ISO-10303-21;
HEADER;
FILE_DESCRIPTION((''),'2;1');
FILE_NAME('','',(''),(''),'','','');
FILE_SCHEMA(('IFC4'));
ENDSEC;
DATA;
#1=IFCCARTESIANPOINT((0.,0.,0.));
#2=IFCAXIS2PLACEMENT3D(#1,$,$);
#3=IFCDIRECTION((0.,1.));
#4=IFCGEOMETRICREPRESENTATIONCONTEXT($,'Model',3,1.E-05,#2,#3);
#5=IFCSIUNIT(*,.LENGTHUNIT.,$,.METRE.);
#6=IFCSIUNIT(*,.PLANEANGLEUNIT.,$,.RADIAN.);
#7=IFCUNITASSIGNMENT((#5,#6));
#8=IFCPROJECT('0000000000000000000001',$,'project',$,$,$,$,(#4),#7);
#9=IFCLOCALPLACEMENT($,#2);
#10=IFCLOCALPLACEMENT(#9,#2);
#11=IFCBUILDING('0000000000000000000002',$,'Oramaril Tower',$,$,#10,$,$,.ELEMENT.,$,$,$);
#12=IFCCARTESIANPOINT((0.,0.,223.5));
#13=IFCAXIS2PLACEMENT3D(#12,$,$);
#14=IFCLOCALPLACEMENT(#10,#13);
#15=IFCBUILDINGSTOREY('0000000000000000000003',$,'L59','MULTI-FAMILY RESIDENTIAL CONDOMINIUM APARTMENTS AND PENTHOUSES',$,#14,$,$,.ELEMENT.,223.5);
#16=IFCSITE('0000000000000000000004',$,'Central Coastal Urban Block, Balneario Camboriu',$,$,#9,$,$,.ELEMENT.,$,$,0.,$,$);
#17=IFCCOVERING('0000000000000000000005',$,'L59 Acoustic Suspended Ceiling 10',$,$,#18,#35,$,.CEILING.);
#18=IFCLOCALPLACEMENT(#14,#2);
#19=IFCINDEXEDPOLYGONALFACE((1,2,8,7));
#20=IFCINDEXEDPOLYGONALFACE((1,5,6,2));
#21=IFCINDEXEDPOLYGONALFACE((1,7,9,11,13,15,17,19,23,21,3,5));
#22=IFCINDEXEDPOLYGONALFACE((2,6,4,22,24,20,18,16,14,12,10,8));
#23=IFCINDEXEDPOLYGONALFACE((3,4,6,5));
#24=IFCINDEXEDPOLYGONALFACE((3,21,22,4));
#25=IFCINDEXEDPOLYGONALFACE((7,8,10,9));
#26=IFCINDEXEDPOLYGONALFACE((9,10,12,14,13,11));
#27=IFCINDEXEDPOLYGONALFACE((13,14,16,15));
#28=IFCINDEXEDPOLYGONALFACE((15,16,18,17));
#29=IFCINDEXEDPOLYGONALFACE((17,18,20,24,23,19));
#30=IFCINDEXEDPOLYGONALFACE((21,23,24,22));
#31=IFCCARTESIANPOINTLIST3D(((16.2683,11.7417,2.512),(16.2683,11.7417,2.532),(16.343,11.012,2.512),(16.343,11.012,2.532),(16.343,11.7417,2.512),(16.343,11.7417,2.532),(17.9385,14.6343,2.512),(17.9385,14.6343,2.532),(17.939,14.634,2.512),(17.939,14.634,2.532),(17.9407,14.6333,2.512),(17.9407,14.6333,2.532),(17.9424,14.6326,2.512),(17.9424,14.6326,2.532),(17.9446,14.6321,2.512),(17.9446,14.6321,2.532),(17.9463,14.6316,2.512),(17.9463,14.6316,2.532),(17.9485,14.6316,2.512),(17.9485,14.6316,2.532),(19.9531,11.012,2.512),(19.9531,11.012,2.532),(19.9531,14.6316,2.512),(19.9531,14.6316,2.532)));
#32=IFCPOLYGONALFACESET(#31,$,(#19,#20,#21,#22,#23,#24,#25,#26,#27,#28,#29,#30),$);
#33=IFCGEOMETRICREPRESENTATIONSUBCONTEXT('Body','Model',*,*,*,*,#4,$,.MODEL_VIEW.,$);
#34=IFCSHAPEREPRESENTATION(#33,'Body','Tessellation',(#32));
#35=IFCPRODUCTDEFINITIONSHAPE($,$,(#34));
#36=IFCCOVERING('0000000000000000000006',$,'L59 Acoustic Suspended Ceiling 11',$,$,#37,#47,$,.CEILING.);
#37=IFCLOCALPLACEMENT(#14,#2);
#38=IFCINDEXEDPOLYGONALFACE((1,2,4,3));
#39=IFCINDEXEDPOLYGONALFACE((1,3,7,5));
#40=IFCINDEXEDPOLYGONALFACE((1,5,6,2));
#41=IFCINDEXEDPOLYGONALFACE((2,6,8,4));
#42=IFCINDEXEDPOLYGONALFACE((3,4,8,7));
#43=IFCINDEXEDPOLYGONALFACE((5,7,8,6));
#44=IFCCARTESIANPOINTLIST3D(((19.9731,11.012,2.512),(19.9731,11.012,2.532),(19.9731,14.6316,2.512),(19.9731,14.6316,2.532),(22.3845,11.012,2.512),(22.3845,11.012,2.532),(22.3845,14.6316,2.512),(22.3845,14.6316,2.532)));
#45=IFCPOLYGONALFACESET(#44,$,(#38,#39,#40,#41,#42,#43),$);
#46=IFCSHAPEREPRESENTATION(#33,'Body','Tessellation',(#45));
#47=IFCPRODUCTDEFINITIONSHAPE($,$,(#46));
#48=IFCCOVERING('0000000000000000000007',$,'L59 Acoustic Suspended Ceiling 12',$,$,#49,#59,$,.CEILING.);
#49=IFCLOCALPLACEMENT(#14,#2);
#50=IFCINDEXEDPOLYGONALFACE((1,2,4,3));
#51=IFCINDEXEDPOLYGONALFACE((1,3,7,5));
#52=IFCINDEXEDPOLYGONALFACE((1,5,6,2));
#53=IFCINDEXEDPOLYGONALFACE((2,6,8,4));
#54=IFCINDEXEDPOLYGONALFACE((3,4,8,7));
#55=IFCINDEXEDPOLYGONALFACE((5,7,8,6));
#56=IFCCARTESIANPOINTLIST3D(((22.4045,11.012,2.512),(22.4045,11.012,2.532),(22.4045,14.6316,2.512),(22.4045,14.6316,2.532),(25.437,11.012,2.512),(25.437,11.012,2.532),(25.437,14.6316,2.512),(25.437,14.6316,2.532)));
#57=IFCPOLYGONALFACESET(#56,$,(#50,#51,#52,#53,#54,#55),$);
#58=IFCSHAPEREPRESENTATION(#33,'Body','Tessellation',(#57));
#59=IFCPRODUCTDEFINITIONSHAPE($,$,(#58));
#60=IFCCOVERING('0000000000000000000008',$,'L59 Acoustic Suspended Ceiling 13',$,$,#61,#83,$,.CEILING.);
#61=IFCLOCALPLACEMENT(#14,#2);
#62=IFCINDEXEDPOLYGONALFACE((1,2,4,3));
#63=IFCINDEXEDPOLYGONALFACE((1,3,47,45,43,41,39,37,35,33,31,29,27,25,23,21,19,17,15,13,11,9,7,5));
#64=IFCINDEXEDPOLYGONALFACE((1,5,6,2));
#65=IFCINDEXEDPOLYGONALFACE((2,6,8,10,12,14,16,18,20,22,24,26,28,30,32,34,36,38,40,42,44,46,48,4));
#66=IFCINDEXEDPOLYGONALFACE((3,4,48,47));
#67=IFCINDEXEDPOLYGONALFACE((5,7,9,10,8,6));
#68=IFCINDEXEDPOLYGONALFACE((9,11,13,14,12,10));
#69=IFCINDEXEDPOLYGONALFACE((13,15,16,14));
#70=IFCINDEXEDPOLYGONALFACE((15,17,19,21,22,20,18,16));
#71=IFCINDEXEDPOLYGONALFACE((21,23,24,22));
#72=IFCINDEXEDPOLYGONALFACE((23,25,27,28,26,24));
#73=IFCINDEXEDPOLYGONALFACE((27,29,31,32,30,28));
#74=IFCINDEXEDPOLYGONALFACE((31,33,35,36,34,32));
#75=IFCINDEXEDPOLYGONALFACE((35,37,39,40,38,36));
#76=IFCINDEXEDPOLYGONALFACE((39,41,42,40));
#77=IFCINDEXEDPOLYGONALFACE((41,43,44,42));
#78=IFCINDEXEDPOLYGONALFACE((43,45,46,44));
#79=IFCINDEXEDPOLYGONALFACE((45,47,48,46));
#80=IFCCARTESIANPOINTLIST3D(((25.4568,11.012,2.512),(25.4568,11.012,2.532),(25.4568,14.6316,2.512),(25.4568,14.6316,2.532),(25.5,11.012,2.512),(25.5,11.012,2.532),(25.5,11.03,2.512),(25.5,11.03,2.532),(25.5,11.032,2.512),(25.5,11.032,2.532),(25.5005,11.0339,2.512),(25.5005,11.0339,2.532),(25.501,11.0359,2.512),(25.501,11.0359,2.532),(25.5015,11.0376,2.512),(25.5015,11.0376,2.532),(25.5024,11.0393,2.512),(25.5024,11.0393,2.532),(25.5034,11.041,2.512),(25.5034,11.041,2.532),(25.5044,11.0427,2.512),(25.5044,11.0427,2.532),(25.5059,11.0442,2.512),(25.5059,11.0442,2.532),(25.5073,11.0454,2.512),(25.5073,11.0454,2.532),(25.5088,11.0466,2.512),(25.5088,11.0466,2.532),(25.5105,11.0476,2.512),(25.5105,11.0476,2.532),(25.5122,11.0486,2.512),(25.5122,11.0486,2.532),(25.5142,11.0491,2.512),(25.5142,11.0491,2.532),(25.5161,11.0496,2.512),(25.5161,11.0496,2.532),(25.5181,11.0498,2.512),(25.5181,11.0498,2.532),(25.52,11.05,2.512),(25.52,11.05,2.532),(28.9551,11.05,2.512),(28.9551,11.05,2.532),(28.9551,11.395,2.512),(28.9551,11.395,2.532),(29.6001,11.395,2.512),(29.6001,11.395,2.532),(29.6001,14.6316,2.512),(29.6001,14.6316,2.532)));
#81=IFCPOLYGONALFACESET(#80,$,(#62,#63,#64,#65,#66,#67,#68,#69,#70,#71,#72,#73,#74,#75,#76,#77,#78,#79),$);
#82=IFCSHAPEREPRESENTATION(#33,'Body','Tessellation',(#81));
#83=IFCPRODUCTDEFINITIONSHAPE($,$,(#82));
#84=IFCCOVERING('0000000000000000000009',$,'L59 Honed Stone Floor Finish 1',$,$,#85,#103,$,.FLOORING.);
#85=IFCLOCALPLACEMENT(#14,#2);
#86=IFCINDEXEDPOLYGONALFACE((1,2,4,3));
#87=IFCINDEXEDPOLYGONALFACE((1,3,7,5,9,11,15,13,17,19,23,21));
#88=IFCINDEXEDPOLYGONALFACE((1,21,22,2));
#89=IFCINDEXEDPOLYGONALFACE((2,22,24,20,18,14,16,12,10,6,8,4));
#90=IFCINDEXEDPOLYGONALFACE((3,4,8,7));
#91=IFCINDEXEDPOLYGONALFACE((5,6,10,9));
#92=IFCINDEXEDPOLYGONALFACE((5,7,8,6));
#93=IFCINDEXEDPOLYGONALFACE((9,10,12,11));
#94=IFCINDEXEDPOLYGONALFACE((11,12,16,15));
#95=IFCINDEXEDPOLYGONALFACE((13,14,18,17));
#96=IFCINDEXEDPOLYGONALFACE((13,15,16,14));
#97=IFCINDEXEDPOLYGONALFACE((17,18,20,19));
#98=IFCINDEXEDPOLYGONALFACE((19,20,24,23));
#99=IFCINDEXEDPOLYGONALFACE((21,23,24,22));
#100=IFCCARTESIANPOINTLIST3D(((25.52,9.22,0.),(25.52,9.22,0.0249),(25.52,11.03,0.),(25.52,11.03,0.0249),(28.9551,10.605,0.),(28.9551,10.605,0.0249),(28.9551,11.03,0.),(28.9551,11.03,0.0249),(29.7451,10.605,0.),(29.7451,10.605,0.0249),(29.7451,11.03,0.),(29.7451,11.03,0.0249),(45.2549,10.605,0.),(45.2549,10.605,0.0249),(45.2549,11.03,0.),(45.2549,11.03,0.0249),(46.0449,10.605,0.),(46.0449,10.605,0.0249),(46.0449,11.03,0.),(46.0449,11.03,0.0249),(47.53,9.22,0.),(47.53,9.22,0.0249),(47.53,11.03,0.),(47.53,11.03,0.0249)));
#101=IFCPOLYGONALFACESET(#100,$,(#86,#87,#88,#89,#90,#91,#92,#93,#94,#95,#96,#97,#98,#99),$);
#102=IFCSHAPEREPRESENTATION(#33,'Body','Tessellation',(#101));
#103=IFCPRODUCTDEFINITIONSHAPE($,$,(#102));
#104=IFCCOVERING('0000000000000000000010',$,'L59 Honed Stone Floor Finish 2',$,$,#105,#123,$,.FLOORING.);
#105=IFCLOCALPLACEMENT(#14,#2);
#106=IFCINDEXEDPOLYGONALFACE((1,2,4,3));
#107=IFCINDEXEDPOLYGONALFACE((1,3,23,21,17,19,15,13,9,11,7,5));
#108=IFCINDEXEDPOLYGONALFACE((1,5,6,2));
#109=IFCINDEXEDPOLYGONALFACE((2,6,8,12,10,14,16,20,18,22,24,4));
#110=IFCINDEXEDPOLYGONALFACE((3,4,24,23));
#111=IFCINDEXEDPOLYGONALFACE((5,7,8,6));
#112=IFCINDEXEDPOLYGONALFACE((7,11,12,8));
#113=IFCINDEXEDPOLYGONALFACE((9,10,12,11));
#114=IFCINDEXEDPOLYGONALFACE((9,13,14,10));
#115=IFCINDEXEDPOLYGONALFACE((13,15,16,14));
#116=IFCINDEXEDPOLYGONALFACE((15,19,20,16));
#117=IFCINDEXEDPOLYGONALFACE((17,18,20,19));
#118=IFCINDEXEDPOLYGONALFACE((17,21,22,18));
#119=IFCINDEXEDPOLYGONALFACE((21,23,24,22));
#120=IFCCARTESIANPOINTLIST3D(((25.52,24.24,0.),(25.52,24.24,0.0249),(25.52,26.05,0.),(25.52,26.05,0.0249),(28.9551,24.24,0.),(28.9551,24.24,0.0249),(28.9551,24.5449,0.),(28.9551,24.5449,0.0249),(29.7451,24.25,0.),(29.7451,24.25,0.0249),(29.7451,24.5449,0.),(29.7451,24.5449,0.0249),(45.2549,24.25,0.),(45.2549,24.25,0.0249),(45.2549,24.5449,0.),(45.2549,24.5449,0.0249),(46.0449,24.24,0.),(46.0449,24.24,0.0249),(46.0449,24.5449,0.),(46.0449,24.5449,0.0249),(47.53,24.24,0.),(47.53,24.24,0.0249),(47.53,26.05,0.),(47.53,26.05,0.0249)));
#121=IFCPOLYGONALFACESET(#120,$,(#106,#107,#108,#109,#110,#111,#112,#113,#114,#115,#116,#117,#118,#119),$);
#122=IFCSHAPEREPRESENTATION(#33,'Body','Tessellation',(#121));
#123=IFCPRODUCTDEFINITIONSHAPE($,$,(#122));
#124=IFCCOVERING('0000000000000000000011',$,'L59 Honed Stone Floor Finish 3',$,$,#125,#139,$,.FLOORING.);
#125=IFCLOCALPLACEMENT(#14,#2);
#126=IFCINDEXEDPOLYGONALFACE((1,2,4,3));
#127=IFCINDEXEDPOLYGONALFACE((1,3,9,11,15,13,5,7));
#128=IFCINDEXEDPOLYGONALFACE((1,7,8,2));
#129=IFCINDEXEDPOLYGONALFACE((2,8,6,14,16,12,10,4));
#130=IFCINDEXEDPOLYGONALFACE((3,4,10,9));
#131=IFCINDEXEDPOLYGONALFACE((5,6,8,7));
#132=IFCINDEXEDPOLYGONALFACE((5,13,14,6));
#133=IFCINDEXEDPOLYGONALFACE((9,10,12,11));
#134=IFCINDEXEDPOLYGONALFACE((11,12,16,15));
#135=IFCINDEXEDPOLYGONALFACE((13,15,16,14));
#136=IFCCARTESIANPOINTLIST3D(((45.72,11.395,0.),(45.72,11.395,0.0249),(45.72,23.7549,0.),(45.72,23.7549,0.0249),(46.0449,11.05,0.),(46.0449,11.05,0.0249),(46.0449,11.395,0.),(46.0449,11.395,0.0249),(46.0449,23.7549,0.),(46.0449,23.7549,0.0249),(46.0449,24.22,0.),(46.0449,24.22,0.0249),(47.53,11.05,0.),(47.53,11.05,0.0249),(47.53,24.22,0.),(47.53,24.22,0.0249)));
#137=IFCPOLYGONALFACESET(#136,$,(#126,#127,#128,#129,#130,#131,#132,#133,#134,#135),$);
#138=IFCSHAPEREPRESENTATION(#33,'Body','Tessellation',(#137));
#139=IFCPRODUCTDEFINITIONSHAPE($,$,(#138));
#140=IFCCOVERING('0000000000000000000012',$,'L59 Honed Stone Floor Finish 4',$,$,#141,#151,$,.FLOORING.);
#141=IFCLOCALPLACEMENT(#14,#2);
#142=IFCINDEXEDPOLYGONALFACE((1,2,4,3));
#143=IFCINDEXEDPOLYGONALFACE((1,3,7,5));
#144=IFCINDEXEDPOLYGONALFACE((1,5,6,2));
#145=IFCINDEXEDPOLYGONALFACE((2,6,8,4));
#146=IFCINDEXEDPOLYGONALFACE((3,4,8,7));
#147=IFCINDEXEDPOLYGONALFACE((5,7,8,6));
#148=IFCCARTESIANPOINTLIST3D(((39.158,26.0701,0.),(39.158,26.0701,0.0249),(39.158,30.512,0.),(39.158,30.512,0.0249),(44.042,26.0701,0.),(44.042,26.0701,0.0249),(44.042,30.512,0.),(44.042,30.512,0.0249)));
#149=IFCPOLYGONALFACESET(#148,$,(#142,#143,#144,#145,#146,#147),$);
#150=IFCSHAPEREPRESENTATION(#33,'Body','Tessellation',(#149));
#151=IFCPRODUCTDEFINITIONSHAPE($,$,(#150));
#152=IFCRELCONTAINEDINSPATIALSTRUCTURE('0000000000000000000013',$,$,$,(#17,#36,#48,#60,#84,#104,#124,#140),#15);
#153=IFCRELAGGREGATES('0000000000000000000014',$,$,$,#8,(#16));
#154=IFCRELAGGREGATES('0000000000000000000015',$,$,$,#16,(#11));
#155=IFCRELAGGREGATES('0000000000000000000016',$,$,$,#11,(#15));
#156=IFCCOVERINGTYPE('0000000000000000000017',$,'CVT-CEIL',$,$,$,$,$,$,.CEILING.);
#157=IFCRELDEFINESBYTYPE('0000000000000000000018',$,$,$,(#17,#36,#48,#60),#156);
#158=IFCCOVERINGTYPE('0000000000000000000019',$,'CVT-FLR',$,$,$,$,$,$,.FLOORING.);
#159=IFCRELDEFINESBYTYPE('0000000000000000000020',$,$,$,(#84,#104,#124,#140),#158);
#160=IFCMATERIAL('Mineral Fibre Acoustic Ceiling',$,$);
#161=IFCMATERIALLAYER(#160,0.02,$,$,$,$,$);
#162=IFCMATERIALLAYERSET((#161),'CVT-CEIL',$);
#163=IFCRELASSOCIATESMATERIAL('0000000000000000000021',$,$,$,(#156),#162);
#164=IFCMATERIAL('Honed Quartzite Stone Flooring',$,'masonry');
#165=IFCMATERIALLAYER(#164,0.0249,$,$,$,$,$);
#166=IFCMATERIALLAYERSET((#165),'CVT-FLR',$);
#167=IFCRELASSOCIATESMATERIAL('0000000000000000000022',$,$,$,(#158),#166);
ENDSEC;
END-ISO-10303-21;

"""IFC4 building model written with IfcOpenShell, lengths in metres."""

from ifc_helpers import new_model, si_unit, direction, frame, origin, place, context, subcontext, project, spatial, polyline, outline, extrude, material, layer, layer_set, type_object, element, save


model = new_model("IFC4")

# Units and contexts
model_context = context("Model", 3, precision=1e-05, world=origin(), true_north=direction((0.0, 1.0)))
body_context = subcontext(model_context, "Body", "Model", "MODEL_VIEW")
ifc_project = project(units=[si_unit("LENGTHUNIT", "METRE"), si_unit("PLANEANGLEUNIT", "RADIAN")], contexts=[model_context])

# Site, building, storey
site_placement = place(None, origin())
site = spatial("IfcSite", under=ifc_project, at=site_placement, Name="Central Coastal Urban Block, Balneario Camboriu", CompositionType="ELEMENT", RefElevation=0.0)
building_placement = place(site_placement, origin())
building = spatial("IfcBuilding", under=site, at=building_placement, Name="Oramaril Tower", CompositionType="ELEMENT")
storey_placement = place(building_placement, frame((0.0, 0.0, 223.5)))
storey = spatial("IfcBuildingStorey", under=building, at=storey_placement, Name="L59", Description="MULTI-FAMILY RESIDENTIAL CONDOMINIUM APARTMENTS AND PENTHOUSES", CompositionType="ELEMENT", Elevation=223.5)

# Coverings
ifc_material_1 = material(Name="Mineral Fibre Acoustic Ceiling")
ifc_layer_1 = layer(ifc_material_1, 0.02)
ifc_layer_set_1 = layer_set([ifc_layer_1], Name="CVT-CEIL")
covering_type_1 = type_object("IfcCoveringType", Name="CVT-CEIL", PredefinedType="CEILING", material=ifc_layer_set_1)
covering_1_placement = place(storey_placement, frame((0.0, 0.0, 2.512)))
element("IfcCovering", 1, at=covering_1_placement, inside=storey, type_object=covering_type_1, Name="L59 Acoustic Suspended Ceiling 10", PredefinedType="CEILING", context=body_context, shape_type="SweptSolid", body=[
    extrude(outline(polyline([(16.343, 11.7417), (16.2683, 11.7417), (17.9385, 14.6343), (17.939, 14.634), (17.9407, 14.6333), (17.9424, 14.6326), (17.9446, 14.6321), (17.9463, 14.6316), (17.9485, 14.6316), (19.9531, 14.6316), (19.9531, 11.012), (16.343, 11.012), (16.343, 11.7417)])), origin(), (0.0, 0.0, 1.0), 0.02),
])
covering_2_placement = place(storey_placement, frame((0.0, 0.0, 2.512)))
element("IfcCovering", 2, at=covering_2_placement, inside=storey, type_object=covering_type_1, Name="L59 Acoustic Suspended Ceiling 11", PredefinedType="CEILING", context=body_context, shape_type="SweptSolid", body=[
    extrude(outline(polyline([(22.3845, 11.012), (19.9731, 11.012), (19.9731, 14.6316), (22.3845, 14.6316), (22.3845, 11.012)])), origin(), (0.0, 0.0, 1.0), 0.02),
])
covering_3_placement = place(storey_placement, frame((0.0, 0.0, 2.512)))
element("IfcCovering", 3, at=covering_3_placement, inside=storey, type_object=covering_type_1, Name="L59 Acoustic Suspended Ceiling 12", PredefinedType="CEILING", context=body_context, shape_type="SweptSolid", body=[
    extrude(outline(polyline([(25.437, 11.012), (22.4045, 11.012), (22.4045, 14.6316), (25.437, 14.6316), (25.437, 11.012)])), origin(), (0.0, 0.0, 1.0), 0.02),
])
covering_4_placement = place(storey_placement, frame((0.0, 0.0, 2.512)))
element("IfcCovering", 4, at=covering_4_placement, inside=storey, type_object=covering_type_1, Name="L59 Acoustic Suspended Ceiling 13", PredefinedType="CEILING", context=body_context, shape_type="SweptSolid", body=[
    extrude(outline(polyline([(29.6001, 11.395), (28.9551, 11.395), (28.9551, 11.05), (25.52, 11.05), (25.5181, 11.0498), (25.5161, 11.0496), (25.5142, 11.0491), (25.5122, 11.0486), (25.5105, 11.0476), (25.5088, 11.0466), (25.5073, 11.0454), (25.5059, 11.0442), (25.5044, 11.0427), (25.5034, 11.041), (25.5024, 11.0393), (25.5015, 11.0376), (25.501, 11.0359), (25.5005, 11.0339), (25.5, 11.032), (25.5, 11.03), (25.5, 11.012), (25.4568, 11.012), (25.4568, 14.6316), (29.6001, 14.6316), (29.6001, 11.395)])), origin(), (0.0, 0.0, 1.0), 0.02),
])
ifc_material_2 = material(Name="Honed Quartzite Stone Flooring", Category="masonry")
ifc_layer_2 = layer(ifc_material_2, 0.0249)
ifc_layer_set_2 = layer_set([ifc_layer_2], Name="CVT-FLR")
covering_type_2 = type_object("IfcCoveringType", Name="CVT-FLR", PredefinedType="FLOORING", material=ifc_layer_set_2)
covering_5_placement = place(storey_placement, origin())
element("IfcCovering", 5, at=covering_5_placement, inside=storey, type_object=covering_type_2, Name="L59 Honed Stone Floor Finish 1", PredefinedType="FLOORING", context=body_context, shape_type="SweptSolid", body=[
    extrude(outline(polyline([(28.9551, 10.605), (29.7451, 10.605), (29.7451, 11.03), (45.2549, 11.03), (45.2549, 10.605), (46.0449, 10.605), (46.0449, 11.03), (47.53, 11.03), (47.53, 9.22), (25.52, 9.22), (25.52, 11.03), (28.9551, 11.03), (28.9551, 10.605)])), origin(), (0.0, 0.0, 1.0), 0.0249),
])
covering_6_placement = place(storey_placement, origin())
element("IfcCovering", 6, at=covering_6_placement, inside=storey, type_object=covering_type_2, Name="L59 Honed Stone Floor Finish 2", PredefinedType="FLOORING", context=body_context, shape_type="SweptSolid", body=[
    extrude(outline(polyline([(47.53, 24.24), (46.0449, 24.24), (46.0449, 24.5449), (45.2549, 24.5449), (45.2549, 24.25), (29.7451, 24.25), (29.7451, 24.5449), (28.9551, 24.5449), (28.9551, 24.24), (25.52, 24.24), (25.52, 26.05), (47.53, 26.05), (47.53, 24.24)])), origin(), (0.0, 0.0, 1.0), 0.0249),
])
covering_7_placement = place(storey_placement, origin())
element("IfcCovering", 7, at=covering_7_placement, inside=storey, type_object=covering_type_2, Name="L59 Honed Stone Floor Finish 3", PredefinedType="FLOORING", context=body_context, shape_type="SweptSolid", body=[
    extrude(outline(polyline([(47.53, 11.05), (46.0449, 11.05), (46.0449, 11.395), (45.72, 11.395), (45.72, 23.7549), (46.0449, 23.7549), (46.0449, 24.22), (47.53, 24.22), (47.53, 11.05)])), origin(), (0.0, 0.0, 1.0), 0.0249),
])
covering_8_placement = place(storey_placement, origin())
element("IfcCovering", 8, at=covering_8_placement, inside=storey, type_object=covering_type_2, Name="L59 Honed Stone Floor Finish 4", PredefinedType="FLOORING", context=body_context, shape_type="SweptSolid", body=[
    extrude(outline(polyline([(44.042, 30.512), (44.042, 26.0701), (39.158, 26.0701), (39.158, 30.512), (44.042, 30.512)])), origin(), (0.0, 0.0, 1.0), 0.0249),
])

save(model, "model.ifc")
